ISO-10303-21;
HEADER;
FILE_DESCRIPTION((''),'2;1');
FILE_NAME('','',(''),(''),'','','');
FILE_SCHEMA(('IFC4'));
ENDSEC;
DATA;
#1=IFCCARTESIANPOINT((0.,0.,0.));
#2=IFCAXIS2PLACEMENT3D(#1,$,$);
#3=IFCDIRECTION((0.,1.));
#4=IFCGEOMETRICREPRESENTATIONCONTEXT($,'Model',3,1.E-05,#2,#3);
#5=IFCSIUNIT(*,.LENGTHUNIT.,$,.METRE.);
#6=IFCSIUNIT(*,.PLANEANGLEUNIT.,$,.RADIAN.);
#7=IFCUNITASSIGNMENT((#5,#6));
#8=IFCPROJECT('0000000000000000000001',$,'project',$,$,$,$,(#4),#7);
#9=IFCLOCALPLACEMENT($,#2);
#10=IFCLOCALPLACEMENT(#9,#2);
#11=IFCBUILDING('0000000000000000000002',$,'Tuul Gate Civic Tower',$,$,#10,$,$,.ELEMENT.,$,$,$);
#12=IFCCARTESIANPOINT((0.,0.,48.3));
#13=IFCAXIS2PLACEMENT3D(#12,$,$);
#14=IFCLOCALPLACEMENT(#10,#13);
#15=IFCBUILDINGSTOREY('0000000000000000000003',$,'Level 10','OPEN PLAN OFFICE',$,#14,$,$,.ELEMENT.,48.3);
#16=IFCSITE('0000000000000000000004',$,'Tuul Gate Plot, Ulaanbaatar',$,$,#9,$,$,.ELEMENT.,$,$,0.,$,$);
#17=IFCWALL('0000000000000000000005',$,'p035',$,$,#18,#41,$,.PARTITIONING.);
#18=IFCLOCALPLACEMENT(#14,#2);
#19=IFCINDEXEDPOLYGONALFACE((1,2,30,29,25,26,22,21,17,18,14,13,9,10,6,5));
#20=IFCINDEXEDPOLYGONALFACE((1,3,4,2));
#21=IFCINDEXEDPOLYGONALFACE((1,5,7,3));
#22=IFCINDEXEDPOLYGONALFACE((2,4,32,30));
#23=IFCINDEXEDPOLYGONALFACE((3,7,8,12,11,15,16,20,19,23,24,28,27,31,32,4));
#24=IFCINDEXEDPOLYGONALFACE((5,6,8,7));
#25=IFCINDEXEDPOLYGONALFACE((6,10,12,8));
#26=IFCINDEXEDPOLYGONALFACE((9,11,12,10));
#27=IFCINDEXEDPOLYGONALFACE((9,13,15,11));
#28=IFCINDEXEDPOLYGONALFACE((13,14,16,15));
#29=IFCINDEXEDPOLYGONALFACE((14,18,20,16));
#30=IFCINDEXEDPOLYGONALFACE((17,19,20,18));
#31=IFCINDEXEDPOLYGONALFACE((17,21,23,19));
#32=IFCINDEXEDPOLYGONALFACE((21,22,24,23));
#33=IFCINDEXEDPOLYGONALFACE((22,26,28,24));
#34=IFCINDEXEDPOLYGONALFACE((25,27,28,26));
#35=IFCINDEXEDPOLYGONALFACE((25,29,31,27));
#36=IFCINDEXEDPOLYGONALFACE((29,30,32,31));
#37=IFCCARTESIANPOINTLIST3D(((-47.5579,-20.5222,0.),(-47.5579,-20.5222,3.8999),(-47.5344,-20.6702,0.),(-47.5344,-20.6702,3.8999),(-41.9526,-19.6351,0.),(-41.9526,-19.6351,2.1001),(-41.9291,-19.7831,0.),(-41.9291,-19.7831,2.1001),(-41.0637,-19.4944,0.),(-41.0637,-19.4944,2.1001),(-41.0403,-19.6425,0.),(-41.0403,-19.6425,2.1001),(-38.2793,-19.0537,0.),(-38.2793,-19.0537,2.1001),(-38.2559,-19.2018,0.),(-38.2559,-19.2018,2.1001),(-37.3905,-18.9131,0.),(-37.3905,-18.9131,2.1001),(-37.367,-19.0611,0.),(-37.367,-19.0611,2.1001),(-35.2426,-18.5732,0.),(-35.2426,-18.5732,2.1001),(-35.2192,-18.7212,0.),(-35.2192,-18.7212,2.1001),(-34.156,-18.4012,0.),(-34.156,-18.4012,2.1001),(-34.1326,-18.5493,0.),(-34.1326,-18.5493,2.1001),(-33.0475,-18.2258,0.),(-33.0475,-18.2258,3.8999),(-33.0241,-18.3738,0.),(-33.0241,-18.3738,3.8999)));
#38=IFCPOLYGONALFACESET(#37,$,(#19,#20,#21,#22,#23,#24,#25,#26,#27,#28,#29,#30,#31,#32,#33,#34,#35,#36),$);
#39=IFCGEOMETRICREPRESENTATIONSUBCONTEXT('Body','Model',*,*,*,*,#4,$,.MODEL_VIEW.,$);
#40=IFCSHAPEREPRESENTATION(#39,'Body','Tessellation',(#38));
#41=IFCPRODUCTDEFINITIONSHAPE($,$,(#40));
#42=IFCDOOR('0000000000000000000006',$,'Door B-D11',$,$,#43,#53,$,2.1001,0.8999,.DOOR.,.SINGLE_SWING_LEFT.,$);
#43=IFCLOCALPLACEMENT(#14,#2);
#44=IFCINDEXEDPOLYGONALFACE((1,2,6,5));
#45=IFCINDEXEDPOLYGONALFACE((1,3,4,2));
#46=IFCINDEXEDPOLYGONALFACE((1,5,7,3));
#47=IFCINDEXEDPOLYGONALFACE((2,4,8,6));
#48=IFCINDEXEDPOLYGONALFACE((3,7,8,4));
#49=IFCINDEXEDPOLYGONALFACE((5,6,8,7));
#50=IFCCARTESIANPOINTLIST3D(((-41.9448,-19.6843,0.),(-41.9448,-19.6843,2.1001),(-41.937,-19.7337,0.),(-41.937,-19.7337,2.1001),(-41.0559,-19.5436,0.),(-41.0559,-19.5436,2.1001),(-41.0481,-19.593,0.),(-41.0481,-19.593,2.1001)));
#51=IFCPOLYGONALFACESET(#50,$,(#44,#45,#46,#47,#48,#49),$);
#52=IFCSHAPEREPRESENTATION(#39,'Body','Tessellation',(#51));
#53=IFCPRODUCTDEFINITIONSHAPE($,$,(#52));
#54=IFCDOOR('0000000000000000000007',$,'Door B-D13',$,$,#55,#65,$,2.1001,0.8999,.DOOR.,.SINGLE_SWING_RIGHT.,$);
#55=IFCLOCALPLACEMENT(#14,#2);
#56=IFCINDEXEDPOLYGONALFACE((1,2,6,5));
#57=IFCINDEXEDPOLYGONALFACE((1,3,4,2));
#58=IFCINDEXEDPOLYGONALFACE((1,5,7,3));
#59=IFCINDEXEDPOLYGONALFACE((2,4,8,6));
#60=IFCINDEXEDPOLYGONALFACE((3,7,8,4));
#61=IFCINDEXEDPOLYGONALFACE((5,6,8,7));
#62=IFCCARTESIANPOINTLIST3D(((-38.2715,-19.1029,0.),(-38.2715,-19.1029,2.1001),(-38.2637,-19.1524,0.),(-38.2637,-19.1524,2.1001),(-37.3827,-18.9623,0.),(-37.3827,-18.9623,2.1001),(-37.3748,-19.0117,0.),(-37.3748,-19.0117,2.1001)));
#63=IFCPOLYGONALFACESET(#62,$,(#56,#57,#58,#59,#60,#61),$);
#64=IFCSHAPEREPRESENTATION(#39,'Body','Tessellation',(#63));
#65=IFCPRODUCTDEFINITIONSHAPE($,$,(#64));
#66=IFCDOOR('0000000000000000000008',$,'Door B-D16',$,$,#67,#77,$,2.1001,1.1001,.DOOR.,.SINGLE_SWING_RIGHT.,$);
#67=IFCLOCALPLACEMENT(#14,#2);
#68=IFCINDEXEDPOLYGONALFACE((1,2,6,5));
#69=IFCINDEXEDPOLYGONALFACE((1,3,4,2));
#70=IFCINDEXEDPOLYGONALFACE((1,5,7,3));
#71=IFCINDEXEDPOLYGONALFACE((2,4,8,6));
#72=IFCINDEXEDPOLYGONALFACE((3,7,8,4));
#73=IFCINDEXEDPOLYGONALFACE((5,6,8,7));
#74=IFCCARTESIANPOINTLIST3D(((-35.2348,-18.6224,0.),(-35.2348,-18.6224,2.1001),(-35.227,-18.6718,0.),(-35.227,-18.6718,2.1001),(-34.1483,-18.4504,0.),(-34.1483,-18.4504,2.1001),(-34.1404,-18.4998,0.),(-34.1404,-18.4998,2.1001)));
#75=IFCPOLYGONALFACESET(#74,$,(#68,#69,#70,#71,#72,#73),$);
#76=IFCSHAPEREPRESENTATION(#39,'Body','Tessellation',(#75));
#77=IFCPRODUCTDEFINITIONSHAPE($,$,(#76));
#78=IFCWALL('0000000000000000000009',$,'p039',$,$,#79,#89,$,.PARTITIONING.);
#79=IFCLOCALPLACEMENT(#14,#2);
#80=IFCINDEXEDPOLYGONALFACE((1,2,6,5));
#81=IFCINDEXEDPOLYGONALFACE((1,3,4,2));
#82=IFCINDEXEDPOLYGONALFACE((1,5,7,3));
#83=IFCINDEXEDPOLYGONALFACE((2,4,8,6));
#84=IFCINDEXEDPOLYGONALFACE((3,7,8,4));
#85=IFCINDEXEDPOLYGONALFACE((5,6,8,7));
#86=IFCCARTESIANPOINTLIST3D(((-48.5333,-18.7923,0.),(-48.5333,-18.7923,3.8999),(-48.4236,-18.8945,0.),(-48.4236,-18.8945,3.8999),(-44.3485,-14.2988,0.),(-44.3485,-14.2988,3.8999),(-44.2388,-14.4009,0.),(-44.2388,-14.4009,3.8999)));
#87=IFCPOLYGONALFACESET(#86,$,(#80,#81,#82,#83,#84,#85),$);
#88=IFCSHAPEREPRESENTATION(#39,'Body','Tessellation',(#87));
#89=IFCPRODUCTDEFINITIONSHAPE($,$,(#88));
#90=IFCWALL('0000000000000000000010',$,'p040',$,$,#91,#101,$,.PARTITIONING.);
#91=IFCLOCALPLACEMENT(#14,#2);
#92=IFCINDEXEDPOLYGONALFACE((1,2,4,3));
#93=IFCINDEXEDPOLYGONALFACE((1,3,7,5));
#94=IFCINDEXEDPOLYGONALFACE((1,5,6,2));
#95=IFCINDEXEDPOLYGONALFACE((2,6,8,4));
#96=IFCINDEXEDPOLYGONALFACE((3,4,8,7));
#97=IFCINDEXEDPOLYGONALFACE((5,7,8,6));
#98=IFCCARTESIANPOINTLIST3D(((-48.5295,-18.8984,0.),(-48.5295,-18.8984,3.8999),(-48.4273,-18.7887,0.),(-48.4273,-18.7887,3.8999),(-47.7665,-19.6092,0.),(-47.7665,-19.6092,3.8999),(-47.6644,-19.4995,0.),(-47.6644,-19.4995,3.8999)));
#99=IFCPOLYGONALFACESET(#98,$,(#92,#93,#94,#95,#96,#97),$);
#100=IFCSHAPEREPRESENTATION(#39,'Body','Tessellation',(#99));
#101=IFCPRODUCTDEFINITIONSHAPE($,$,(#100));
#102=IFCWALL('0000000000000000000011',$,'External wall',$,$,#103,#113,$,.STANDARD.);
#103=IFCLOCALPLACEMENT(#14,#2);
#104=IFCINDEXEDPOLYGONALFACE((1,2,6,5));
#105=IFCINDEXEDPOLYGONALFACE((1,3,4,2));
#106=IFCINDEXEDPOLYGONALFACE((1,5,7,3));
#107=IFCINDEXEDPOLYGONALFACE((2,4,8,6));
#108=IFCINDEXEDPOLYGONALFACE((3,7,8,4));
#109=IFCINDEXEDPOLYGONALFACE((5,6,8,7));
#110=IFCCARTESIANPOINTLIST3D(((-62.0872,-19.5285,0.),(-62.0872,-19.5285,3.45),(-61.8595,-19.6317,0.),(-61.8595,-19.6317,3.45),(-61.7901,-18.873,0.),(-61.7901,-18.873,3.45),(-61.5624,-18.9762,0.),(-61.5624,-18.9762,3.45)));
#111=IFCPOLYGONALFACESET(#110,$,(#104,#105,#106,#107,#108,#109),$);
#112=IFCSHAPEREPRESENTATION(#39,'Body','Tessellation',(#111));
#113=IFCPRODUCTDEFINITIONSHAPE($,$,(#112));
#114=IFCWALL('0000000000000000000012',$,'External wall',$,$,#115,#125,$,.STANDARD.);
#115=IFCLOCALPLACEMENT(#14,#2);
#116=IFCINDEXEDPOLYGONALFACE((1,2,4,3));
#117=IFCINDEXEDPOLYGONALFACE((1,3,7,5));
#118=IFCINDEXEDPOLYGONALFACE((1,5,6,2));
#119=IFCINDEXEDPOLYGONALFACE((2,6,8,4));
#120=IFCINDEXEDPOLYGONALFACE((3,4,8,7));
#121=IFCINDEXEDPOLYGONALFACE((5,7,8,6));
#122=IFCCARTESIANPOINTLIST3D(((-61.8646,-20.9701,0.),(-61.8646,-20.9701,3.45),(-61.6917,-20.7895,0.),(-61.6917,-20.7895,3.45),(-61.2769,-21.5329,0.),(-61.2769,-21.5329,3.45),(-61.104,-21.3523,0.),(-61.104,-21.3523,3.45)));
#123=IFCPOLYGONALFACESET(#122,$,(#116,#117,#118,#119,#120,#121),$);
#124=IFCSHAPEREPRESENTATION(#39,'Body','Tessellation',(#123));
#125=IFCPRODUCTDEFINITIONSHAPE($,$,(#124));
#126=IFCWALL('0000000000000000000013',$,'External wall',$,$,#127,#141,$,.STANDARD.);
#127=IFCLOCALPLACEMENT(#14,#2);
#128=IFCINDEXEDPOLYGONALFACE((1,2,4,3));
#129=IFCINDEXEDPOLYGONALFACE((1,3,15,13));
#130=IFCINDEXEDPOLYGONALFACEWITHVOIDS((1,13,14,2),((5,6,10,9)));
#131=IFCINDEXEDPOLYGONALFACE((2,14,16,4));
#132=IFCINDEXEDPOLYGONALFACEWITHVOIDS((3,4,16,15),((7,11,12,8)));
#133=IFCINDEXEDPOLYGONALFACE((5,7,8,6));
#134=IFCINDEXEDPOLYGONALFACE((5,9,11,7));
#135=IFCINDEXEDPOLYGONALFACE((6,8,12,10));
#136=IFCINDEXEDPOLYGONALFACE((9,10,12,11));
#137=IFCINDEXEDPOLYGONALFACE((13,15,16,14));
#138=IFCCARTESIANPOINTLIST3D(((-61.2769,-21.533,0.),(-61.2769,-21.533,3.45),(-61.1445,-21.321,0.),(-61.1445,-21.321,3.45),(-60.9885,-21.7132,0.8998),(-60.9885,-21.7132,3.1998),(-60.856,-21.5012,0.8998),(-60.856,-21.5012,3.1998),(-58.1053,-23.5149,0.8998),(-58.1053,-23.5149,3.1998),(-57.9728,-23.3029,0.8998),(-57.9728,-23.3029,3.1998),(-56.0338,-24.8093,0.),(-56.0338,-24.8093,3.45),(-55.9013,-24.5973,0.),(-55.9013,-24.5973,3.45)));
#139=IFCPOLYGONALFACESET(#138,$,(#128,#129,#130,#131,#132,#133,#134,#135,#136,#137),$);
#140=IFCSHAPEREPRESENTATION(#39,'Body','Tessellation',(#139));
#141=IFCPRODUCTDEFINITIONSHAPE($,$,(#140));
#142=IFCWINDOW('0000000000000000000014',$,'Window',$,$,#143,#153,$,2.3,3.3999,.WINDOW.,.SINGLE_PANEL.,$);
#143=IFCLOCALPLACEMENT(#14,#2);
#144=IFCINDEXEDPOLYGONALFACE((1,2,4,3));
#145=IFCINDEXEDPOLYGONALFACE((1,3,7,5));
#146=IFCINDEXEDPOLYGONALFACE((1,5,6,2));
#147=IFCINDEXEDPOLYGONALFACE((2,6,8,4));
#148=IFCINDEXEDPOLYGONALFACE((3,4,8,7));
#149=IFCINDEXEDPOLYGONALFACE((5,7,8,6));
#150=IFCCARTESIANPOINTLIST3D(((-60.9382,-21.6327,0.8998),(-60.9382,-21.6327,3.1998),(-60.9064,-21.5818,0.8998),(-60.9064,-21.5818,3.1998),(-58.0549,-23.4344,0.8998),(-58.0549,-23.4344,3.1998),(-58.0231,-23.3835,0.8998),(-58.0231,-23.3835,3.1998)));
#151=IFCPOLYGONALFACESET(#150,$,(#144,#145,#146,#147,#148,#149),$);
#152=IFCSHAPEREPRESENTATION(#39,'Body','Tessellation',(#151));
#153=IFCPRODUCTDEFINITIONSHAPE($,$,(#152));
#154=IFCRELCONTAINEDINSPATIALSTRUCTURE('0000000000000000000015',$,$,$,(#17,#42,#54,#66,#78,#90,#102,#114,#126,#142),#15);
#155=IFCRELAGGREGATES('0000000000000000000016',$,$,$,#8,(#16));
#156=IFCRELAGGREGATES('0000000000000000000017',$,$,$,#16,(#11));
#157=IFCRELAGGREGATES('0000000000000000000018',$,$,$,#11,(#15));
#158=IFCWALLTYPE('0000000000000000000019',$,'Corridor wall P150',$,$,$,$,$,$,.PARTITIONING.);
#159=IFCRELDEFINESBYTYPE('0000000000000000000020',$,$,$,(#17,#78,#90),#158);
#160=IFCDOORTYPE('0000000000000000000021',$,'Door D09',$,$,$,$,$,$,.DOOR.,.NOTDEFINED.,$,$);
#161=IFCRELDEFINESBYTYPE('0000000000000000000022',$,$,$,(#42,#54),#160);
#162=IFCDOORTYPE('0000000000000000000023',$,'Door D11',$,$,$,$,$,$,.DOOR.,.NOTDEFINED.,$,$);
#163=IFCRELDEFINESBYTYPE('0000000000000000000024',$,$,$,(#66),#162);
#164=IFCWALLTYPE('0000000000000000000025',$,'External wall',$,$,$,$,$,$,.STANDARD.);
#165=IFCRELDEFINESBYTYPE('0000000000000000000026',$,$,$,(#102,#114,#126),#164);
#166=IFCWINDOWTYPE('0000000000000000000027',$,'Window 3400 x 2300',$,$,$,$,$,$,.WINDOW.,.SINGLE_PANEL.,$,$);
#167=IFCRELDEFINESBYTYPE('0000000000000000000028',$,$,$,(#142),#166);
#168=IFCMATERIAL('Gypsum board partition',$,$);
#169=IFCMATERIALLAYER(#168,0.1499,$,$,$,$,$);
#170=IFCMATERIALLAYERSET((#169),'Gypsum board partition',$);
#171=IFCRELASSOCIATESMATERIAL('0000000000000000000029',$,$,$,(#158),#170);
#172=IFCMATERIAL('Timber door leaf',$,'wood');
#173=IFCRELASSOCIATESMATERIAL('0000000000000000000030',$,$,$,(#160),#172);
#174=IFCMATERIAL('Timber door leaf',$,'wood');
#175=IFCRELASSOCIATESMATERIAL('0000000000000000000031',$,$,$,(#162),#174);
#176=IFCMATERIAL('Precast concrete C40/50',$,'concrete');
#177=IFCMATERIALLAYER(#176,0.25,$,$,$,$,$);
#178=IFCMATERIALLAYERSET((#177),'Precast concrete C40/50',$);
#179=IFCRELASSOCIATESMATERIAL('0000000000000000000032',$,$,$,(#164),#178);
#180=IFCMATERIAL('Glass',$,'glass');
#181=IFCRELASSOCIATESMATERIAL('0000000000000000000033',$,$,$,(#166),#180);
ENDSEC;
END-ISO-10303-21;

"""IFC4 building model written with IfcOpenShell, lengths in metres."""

from ifc_helpers import new_model, si_unit, direction, frame, frame_2d, origin, place, context, subcontext, project, spatial, rectangle, extrude, material, layer, layer_set, type_object, element, fill, save


model = new_model("IFC4")

# Units and contexts
model_context = context("Model", 3, precision=1e-05, world=origin(), true_north=direction((0.0, 1.0)))
body_context = subcontext(model_context, "Body", "Model", "MODEL_VIEW")
ifc_project = project(units=[si_unit("LENGTHUNIT", "METRE"), si_unit("PLANEANGLEUNIT", "RADIAN")], contexts=[model_context])

# Site, building, storey
site_placement = place(None, origin())
site = spatial("IfcSite", under=ifc_project, at=site_placement, Name="Tuul Gate Plot, Ulaanbaatar", CompositionType="ELEMENT", RefElevation=0.0)
building_placement = place(site_placement, origin())
building = spatial("IfcBuilding", under=site, at=building_placement, Name="Tuul Gate Civic Tower", CompositionType="ELEMENT")
storey_placement = place(building_placement, frame((0.0, 0.0, 48.3)))
storey = spatial("IfcBuildingStorey", under=building, at=storey_placement, Name="Level 10", Description="OPEN PLAN OFFICE", CompositionType="ELEMENT", Elevation=48.3)

# Shared definitions
ifc_material_1 = material(Name="Gypsum board partition")
ifc_layer_1 = layer(ifc_material_1, 0.1499)
ifc_layer_set_1 = layer_set([ifc_layer_1], Name="Gypsum board partition")
wall_type_1 = type_object("IfcWallType", Name="Corridor wall P150", PredefinedType="PARTITIONING", material=ifc_layer_set_1)

# Wall, openings, doors
wall_1_placement = place(storey_placement, frame((-47.5461, -20.5962, 0.0), z_axis=(0.0, 0.0, 1.0), x_axis=(0.987707, 0.156314, 0.0)))
wall_1 = element("IfcWall", 1, at=wall_1_placement, inside=storey, type_object=wall_type_1, Name="p035", PredefinedType="PARTITIONING", context=body_context, shape_type="SweptSolid", body=[
    extrude(rectangle(XDim=14.6909, YDim=0.1499, at=frame_2d((7.3455, 0.0))), origin(), (0.0, 0.0, 1.0), 3.8999),
])
opening_1_placement = place(wall_1_placement, frame((5.675, 0.0, 0.0)))
opening_1 = element("IfcOpeningElement", 2, at=opening_1_placement, cuts=wall_1, PredefinedType="OPENING", context=body_context, shape_type="SweptSolid", body=[
    extrude(rectangle(XDim=0.8999, YDim=2.1001, at=frame_2d((0.45, 1.05))), frame((0.0, 0.085, 0.0), z_axis=(0.0, -1.0, 0.0), x_axis=(1.0, 0.0, 0.0)), (0.0, 0.0, 1.0), 0.1699),
])
opening_2_placement = place(wall_1_placement, frame((9.394, 0.0, 0.0)))
opening_2 = element("IfcOpeningElement", 3, at=opening_2_placement, cuts=wall_1, PredefinedType="OPENING", context=body_context, shape_type="SweptSolid", body=[
    extrude(rectangle(XDim=0.8999, YDim=2.1001, at=frame_2d((0.45, 1.05))), frame((0.0, 0.085, 0.0), z_axis=(0.0, -1.0, 0.0), x_axis=(1.0, 0.0, 0.0)), (0.0, 0.0, 1.0), 0.1699),
])
opening_3_placement = place(wall_1_placement, frame((12.4685, 0.0, 0.0)))
opening_3 = element("IfcOpeningElement", 4, at=opening_3_placement, cuts=wall_1, PredefinedType="OPENING", context=body_context, shape_type="SweptSolid", body=[
    extrude(rectangle(XDim=1.1001, YDim=2.1001, at=frame_2d((0.55, 1.05))), frame((0.0, 0.085, 0.0), z_axis=(0.0, -1.0, 0.0), x_axis=(1.0, 0.0, 0.0)), (0.0, 0.0, 1.0), 0.1699),
])
ifc_material_2 = material(Name="Timber door leaf", Category="wood")
door_type_1 = type_object("IfcDoorType", Name="Door D09", OperationType="NOTDEFINED", PredefinedType="DOOR", material=ifc_material_2)
door_1_placement = place(opening_1_placement, frame((0.8999, 0.0, 0.0), z_axis=(0.0, 0.0, 1.0), x_axis=(-1.0, 0.0, 0.0)))
door_1 = element("IfcDoor", 5, at=door_1_placement, inside=storey, type_object=door_type_1, Name="Door B-D11", OperationType="SINGLE_SWING_LEFT", OverallHeight=2.1001, OverallWidth=0.8999, PredefinedType="DOOR", context=body_context, shape_type="SweptSolid", body=[
    extrude(rectangle(XDim=0.8999, YDim=2.1001, at=frame_2d((0.45, 1.05))), frame((0.0, 0.0249, 0.0), z_axis=(0.0, -1.0, 0.0), x_axis=(1.0, 0.0, 0.0)), (0.0, 0.0, 1.0), 0.05),
])
fill(opening_1, door_1)
door_2_placement = place(opening_2_placement, frame((0.8999, 0.0, 0.0), z_axis=(0.0, 0.0, 1.0), x_axis=(-1.0, 0.0, 0.0)))
door_2 = element("IfcDoor", 6, at=door_2_placement, inside=storey, type_object=door_type_1, Name="Door B-D13", OperationType="SINGLE_SWING_RIGHT", OverallHeight=2.1001, OverallWidth=0.8999, PredefinedType="DOOR", context=body_context, shape_type="SweptSolid", body=[
    extrude(rectangle(XDim=0.8999, YDim=2.1001, at=frame_2d((0.45, 1.05))), frame((0.0, 0.0249, 0.0), z_axis=(0.0, -1.0, 0.0), x_axis=(1.0, 0.0, 0.0)), (0.0, 0.0, 1.0), 0.05),
])
fill(opening_2, door_2)
ifc_material_3 = material(Name="Timber door leaf", Category="wood")
door_type_2 = type_object("IfcDoorType", Name="Door D11", OperationType="NOTDEFINED", PredefinedType="DOOR", material=ifc_material_3)
door_3_placement = place(opening_3_placement, frame((1.1001, 0.0, 0.0), z_axis=(0.0, 0.0, 1.0), x_axis=(-1.0, 0.0, 0.0)))
door_3 = element("IfcDoor", 7, at=door_3_placement, inside=storey, type_object=door_type_2, Name="Door B-D16", OperationType="SINGLE_SWING_RIGHT", OverallHeight=2.1001, OverallWidth=1.1001, PredefinedType="DOOR", context=body_context, shape_type="SweptSolid", body=[
    extrude(rectangle(XDim=1.1001, YDim=2.1001, at=frame_2d((0.55, 1.05))), frame((0.0, 0.0249, 0.0), z_axis=(0.0, -1.0, 0.0), x_axis=(1.0, 0.0, 0.0)), (0.0, 0.0, 1.0), 0.05),
])
fill(opening_3, door_3)

# Walls
wall_2_placement = place(storey_placement, frame((-48.4785, -18.8435, 0.0), z_axis=(0.0, 0.0, 1.0), x_axis=(0.681512, 0.731807, 0.0)))
element("IfcWall", 8, at=wall_2_placement, inside=storey, type_object=wall_type_1, Name="p039", PredefinedType="PARTITIONING", context=body_context, shape_type="SweptSolid", body=[
    extrude(rectangle(XDim=6.1404, YDim=0.1499, at=frame_2d((3.0703, 0.0))), origin(), (0.0, 0.0, 1.0), 3.8999),
])
wall_3_placement = place(storey_placement, frame((-48.4785, -18.8435, 0.0), z_axis=(0.0, 0.0, 1.0), x_axis=(0.731717, -0.681609, 0.0)))
element("IfcWall", 9, at=wall_3_placement, inside=storey, type_object=wall_type_1, Name="p040", PredefinedType="PARTITIONING", context=body_context, shape_type="SweptSolid", body=[
    extrude(rectangle(XDim=1.0427, YDim=0.1499, at=frame_2d((0.5215, 0.0))), origin(), (0.0, 0.0, 1.0), 3.8999),
])
ifc_material_4 = material(Name="Precast concrete C40/50", Category="concrete")
ifc_layer_2 = layer(ifc_material_4, 0.25)
ifc_layer_set_2 = layer_set([ifc_layer_2], Name="Precast concrete C40/50")
wall_type_2 = type_object("IfcWallType", Name="External wall", PredefinedType="STANDARD", material=ifc_layer_set_2)
wall_4_placement = place(storey_placement, frame((-61.6763, -18.9246, 0.0), z_axis=(0.0, 0.0, 1.0), x_axis=(-0.412832, -0.910807, 0.0)))
element("IfcWall", 10, at=wall_4_placement, inside=storey, type_object=wall_type_2, Name="External wall", PredefinedType="STANDARD", context=body_context, shape_type="SweptSolid", body=[
    extrude(rectangle(XDim=0.7197, YDim=0.25, at=frame_2d((0.3599, 0.0))), origin(), (0.0, 0.0, 1.0), 3.45),
])
wall_5_placement = place(storey_placement, frame((-61.7781, -20.8799, 0.0), z_axis=(0.0, 0.0, 1.0), x_axis=(0.722244, -0.691638, 0.0)))
element("IfcWall", 11, at=wall_5_placement, inside=storey, type_object=wall_type_2, Name="External wall", PredefinedType="STANDARD", context=body_context, shape_type="SweptSolid", body=[
    extrude(rectangle(XDim=0.8137, YDim=0.25, at=frame_2d((0.4067, 0.0))), origin(), (0.0, 0.0, 1.0), 3.45),
])

# Wall, opening, window
wall_6_placement = place(storey_placement, frame((-61.2107, -21.427, 0.0), z_axis=(0.0, 0.0, 1.0), x_axis=(0.848043, -0.529928, 0.0)))
wall_6 = element("IfcWall", 12, at=wall_6_placement, inside=storey, type_object=wall_type_2, Name="External wall", PredefinedType="STANDARD", context=body_context, shape_type="SweptSolid", body=[
    extrude(rectangle(XDim=6.1826, YDim=0.25, at=frame_2d((3.0913, 0.0))), origin(), (0.0, 0.0, 1.0), 3.45),
])
opening_4_placement = place(wall_6_placement, frame((0.3401, 0.0, 0.8999)))
opening_4 = element("IfcOpeningElement", 13, at=opening_4_placement, cuts=wall_6, PredefinedType="OPENING", context=body_context, shape_type="SweptSolid", body=[
    extrude(rectangle(XDim=3.3999, YDim=2.3, at=frame_2d((1.7, 1.1499))), frame((0.0, 0.135, 0.0), z_axis=(0.0, -1.0, 0.0), x_axis=(1.0, 0.0, 0.0)), (0.0, 0.0, 1.0), 0.27),
])
ifc_material_5 = material(Name="Glass", Category="glass")
window_type_1 = type_object("IfcWindowType", Name="Window 3400 x 2300", PartitioningType="SINGLE_PANEL", PredefinedType="WINDOW", material=ifc_material_5)
window_1_placement = place(opening_4_placement, origin())
window_1 = element("IfcWindow", 14, at=window_1_placement, inside=storey, type_object=window_type_1, Name="Window", OverallHeight=2.3, OverallWidth=3.3999, PartitioningType="SINGLE_PANEL", PredefinedType="WINDOW", context=body_context, shape_type="SweptSolid", body=[
    extrude(rectangle(XDim=3.3999, YDim=2.3, at=frame_2d((1.7, 1.1499))), frame((0.0, 0.03, 0.0), z_axis=(0.0, -1.0, 0.0), x_axis=(1.0, 0.0, 0.0)), (0.0, 0.0, 1.0), 0.0601),
])
fill(opening_4, window_1)

save(model, "model.ifc")
